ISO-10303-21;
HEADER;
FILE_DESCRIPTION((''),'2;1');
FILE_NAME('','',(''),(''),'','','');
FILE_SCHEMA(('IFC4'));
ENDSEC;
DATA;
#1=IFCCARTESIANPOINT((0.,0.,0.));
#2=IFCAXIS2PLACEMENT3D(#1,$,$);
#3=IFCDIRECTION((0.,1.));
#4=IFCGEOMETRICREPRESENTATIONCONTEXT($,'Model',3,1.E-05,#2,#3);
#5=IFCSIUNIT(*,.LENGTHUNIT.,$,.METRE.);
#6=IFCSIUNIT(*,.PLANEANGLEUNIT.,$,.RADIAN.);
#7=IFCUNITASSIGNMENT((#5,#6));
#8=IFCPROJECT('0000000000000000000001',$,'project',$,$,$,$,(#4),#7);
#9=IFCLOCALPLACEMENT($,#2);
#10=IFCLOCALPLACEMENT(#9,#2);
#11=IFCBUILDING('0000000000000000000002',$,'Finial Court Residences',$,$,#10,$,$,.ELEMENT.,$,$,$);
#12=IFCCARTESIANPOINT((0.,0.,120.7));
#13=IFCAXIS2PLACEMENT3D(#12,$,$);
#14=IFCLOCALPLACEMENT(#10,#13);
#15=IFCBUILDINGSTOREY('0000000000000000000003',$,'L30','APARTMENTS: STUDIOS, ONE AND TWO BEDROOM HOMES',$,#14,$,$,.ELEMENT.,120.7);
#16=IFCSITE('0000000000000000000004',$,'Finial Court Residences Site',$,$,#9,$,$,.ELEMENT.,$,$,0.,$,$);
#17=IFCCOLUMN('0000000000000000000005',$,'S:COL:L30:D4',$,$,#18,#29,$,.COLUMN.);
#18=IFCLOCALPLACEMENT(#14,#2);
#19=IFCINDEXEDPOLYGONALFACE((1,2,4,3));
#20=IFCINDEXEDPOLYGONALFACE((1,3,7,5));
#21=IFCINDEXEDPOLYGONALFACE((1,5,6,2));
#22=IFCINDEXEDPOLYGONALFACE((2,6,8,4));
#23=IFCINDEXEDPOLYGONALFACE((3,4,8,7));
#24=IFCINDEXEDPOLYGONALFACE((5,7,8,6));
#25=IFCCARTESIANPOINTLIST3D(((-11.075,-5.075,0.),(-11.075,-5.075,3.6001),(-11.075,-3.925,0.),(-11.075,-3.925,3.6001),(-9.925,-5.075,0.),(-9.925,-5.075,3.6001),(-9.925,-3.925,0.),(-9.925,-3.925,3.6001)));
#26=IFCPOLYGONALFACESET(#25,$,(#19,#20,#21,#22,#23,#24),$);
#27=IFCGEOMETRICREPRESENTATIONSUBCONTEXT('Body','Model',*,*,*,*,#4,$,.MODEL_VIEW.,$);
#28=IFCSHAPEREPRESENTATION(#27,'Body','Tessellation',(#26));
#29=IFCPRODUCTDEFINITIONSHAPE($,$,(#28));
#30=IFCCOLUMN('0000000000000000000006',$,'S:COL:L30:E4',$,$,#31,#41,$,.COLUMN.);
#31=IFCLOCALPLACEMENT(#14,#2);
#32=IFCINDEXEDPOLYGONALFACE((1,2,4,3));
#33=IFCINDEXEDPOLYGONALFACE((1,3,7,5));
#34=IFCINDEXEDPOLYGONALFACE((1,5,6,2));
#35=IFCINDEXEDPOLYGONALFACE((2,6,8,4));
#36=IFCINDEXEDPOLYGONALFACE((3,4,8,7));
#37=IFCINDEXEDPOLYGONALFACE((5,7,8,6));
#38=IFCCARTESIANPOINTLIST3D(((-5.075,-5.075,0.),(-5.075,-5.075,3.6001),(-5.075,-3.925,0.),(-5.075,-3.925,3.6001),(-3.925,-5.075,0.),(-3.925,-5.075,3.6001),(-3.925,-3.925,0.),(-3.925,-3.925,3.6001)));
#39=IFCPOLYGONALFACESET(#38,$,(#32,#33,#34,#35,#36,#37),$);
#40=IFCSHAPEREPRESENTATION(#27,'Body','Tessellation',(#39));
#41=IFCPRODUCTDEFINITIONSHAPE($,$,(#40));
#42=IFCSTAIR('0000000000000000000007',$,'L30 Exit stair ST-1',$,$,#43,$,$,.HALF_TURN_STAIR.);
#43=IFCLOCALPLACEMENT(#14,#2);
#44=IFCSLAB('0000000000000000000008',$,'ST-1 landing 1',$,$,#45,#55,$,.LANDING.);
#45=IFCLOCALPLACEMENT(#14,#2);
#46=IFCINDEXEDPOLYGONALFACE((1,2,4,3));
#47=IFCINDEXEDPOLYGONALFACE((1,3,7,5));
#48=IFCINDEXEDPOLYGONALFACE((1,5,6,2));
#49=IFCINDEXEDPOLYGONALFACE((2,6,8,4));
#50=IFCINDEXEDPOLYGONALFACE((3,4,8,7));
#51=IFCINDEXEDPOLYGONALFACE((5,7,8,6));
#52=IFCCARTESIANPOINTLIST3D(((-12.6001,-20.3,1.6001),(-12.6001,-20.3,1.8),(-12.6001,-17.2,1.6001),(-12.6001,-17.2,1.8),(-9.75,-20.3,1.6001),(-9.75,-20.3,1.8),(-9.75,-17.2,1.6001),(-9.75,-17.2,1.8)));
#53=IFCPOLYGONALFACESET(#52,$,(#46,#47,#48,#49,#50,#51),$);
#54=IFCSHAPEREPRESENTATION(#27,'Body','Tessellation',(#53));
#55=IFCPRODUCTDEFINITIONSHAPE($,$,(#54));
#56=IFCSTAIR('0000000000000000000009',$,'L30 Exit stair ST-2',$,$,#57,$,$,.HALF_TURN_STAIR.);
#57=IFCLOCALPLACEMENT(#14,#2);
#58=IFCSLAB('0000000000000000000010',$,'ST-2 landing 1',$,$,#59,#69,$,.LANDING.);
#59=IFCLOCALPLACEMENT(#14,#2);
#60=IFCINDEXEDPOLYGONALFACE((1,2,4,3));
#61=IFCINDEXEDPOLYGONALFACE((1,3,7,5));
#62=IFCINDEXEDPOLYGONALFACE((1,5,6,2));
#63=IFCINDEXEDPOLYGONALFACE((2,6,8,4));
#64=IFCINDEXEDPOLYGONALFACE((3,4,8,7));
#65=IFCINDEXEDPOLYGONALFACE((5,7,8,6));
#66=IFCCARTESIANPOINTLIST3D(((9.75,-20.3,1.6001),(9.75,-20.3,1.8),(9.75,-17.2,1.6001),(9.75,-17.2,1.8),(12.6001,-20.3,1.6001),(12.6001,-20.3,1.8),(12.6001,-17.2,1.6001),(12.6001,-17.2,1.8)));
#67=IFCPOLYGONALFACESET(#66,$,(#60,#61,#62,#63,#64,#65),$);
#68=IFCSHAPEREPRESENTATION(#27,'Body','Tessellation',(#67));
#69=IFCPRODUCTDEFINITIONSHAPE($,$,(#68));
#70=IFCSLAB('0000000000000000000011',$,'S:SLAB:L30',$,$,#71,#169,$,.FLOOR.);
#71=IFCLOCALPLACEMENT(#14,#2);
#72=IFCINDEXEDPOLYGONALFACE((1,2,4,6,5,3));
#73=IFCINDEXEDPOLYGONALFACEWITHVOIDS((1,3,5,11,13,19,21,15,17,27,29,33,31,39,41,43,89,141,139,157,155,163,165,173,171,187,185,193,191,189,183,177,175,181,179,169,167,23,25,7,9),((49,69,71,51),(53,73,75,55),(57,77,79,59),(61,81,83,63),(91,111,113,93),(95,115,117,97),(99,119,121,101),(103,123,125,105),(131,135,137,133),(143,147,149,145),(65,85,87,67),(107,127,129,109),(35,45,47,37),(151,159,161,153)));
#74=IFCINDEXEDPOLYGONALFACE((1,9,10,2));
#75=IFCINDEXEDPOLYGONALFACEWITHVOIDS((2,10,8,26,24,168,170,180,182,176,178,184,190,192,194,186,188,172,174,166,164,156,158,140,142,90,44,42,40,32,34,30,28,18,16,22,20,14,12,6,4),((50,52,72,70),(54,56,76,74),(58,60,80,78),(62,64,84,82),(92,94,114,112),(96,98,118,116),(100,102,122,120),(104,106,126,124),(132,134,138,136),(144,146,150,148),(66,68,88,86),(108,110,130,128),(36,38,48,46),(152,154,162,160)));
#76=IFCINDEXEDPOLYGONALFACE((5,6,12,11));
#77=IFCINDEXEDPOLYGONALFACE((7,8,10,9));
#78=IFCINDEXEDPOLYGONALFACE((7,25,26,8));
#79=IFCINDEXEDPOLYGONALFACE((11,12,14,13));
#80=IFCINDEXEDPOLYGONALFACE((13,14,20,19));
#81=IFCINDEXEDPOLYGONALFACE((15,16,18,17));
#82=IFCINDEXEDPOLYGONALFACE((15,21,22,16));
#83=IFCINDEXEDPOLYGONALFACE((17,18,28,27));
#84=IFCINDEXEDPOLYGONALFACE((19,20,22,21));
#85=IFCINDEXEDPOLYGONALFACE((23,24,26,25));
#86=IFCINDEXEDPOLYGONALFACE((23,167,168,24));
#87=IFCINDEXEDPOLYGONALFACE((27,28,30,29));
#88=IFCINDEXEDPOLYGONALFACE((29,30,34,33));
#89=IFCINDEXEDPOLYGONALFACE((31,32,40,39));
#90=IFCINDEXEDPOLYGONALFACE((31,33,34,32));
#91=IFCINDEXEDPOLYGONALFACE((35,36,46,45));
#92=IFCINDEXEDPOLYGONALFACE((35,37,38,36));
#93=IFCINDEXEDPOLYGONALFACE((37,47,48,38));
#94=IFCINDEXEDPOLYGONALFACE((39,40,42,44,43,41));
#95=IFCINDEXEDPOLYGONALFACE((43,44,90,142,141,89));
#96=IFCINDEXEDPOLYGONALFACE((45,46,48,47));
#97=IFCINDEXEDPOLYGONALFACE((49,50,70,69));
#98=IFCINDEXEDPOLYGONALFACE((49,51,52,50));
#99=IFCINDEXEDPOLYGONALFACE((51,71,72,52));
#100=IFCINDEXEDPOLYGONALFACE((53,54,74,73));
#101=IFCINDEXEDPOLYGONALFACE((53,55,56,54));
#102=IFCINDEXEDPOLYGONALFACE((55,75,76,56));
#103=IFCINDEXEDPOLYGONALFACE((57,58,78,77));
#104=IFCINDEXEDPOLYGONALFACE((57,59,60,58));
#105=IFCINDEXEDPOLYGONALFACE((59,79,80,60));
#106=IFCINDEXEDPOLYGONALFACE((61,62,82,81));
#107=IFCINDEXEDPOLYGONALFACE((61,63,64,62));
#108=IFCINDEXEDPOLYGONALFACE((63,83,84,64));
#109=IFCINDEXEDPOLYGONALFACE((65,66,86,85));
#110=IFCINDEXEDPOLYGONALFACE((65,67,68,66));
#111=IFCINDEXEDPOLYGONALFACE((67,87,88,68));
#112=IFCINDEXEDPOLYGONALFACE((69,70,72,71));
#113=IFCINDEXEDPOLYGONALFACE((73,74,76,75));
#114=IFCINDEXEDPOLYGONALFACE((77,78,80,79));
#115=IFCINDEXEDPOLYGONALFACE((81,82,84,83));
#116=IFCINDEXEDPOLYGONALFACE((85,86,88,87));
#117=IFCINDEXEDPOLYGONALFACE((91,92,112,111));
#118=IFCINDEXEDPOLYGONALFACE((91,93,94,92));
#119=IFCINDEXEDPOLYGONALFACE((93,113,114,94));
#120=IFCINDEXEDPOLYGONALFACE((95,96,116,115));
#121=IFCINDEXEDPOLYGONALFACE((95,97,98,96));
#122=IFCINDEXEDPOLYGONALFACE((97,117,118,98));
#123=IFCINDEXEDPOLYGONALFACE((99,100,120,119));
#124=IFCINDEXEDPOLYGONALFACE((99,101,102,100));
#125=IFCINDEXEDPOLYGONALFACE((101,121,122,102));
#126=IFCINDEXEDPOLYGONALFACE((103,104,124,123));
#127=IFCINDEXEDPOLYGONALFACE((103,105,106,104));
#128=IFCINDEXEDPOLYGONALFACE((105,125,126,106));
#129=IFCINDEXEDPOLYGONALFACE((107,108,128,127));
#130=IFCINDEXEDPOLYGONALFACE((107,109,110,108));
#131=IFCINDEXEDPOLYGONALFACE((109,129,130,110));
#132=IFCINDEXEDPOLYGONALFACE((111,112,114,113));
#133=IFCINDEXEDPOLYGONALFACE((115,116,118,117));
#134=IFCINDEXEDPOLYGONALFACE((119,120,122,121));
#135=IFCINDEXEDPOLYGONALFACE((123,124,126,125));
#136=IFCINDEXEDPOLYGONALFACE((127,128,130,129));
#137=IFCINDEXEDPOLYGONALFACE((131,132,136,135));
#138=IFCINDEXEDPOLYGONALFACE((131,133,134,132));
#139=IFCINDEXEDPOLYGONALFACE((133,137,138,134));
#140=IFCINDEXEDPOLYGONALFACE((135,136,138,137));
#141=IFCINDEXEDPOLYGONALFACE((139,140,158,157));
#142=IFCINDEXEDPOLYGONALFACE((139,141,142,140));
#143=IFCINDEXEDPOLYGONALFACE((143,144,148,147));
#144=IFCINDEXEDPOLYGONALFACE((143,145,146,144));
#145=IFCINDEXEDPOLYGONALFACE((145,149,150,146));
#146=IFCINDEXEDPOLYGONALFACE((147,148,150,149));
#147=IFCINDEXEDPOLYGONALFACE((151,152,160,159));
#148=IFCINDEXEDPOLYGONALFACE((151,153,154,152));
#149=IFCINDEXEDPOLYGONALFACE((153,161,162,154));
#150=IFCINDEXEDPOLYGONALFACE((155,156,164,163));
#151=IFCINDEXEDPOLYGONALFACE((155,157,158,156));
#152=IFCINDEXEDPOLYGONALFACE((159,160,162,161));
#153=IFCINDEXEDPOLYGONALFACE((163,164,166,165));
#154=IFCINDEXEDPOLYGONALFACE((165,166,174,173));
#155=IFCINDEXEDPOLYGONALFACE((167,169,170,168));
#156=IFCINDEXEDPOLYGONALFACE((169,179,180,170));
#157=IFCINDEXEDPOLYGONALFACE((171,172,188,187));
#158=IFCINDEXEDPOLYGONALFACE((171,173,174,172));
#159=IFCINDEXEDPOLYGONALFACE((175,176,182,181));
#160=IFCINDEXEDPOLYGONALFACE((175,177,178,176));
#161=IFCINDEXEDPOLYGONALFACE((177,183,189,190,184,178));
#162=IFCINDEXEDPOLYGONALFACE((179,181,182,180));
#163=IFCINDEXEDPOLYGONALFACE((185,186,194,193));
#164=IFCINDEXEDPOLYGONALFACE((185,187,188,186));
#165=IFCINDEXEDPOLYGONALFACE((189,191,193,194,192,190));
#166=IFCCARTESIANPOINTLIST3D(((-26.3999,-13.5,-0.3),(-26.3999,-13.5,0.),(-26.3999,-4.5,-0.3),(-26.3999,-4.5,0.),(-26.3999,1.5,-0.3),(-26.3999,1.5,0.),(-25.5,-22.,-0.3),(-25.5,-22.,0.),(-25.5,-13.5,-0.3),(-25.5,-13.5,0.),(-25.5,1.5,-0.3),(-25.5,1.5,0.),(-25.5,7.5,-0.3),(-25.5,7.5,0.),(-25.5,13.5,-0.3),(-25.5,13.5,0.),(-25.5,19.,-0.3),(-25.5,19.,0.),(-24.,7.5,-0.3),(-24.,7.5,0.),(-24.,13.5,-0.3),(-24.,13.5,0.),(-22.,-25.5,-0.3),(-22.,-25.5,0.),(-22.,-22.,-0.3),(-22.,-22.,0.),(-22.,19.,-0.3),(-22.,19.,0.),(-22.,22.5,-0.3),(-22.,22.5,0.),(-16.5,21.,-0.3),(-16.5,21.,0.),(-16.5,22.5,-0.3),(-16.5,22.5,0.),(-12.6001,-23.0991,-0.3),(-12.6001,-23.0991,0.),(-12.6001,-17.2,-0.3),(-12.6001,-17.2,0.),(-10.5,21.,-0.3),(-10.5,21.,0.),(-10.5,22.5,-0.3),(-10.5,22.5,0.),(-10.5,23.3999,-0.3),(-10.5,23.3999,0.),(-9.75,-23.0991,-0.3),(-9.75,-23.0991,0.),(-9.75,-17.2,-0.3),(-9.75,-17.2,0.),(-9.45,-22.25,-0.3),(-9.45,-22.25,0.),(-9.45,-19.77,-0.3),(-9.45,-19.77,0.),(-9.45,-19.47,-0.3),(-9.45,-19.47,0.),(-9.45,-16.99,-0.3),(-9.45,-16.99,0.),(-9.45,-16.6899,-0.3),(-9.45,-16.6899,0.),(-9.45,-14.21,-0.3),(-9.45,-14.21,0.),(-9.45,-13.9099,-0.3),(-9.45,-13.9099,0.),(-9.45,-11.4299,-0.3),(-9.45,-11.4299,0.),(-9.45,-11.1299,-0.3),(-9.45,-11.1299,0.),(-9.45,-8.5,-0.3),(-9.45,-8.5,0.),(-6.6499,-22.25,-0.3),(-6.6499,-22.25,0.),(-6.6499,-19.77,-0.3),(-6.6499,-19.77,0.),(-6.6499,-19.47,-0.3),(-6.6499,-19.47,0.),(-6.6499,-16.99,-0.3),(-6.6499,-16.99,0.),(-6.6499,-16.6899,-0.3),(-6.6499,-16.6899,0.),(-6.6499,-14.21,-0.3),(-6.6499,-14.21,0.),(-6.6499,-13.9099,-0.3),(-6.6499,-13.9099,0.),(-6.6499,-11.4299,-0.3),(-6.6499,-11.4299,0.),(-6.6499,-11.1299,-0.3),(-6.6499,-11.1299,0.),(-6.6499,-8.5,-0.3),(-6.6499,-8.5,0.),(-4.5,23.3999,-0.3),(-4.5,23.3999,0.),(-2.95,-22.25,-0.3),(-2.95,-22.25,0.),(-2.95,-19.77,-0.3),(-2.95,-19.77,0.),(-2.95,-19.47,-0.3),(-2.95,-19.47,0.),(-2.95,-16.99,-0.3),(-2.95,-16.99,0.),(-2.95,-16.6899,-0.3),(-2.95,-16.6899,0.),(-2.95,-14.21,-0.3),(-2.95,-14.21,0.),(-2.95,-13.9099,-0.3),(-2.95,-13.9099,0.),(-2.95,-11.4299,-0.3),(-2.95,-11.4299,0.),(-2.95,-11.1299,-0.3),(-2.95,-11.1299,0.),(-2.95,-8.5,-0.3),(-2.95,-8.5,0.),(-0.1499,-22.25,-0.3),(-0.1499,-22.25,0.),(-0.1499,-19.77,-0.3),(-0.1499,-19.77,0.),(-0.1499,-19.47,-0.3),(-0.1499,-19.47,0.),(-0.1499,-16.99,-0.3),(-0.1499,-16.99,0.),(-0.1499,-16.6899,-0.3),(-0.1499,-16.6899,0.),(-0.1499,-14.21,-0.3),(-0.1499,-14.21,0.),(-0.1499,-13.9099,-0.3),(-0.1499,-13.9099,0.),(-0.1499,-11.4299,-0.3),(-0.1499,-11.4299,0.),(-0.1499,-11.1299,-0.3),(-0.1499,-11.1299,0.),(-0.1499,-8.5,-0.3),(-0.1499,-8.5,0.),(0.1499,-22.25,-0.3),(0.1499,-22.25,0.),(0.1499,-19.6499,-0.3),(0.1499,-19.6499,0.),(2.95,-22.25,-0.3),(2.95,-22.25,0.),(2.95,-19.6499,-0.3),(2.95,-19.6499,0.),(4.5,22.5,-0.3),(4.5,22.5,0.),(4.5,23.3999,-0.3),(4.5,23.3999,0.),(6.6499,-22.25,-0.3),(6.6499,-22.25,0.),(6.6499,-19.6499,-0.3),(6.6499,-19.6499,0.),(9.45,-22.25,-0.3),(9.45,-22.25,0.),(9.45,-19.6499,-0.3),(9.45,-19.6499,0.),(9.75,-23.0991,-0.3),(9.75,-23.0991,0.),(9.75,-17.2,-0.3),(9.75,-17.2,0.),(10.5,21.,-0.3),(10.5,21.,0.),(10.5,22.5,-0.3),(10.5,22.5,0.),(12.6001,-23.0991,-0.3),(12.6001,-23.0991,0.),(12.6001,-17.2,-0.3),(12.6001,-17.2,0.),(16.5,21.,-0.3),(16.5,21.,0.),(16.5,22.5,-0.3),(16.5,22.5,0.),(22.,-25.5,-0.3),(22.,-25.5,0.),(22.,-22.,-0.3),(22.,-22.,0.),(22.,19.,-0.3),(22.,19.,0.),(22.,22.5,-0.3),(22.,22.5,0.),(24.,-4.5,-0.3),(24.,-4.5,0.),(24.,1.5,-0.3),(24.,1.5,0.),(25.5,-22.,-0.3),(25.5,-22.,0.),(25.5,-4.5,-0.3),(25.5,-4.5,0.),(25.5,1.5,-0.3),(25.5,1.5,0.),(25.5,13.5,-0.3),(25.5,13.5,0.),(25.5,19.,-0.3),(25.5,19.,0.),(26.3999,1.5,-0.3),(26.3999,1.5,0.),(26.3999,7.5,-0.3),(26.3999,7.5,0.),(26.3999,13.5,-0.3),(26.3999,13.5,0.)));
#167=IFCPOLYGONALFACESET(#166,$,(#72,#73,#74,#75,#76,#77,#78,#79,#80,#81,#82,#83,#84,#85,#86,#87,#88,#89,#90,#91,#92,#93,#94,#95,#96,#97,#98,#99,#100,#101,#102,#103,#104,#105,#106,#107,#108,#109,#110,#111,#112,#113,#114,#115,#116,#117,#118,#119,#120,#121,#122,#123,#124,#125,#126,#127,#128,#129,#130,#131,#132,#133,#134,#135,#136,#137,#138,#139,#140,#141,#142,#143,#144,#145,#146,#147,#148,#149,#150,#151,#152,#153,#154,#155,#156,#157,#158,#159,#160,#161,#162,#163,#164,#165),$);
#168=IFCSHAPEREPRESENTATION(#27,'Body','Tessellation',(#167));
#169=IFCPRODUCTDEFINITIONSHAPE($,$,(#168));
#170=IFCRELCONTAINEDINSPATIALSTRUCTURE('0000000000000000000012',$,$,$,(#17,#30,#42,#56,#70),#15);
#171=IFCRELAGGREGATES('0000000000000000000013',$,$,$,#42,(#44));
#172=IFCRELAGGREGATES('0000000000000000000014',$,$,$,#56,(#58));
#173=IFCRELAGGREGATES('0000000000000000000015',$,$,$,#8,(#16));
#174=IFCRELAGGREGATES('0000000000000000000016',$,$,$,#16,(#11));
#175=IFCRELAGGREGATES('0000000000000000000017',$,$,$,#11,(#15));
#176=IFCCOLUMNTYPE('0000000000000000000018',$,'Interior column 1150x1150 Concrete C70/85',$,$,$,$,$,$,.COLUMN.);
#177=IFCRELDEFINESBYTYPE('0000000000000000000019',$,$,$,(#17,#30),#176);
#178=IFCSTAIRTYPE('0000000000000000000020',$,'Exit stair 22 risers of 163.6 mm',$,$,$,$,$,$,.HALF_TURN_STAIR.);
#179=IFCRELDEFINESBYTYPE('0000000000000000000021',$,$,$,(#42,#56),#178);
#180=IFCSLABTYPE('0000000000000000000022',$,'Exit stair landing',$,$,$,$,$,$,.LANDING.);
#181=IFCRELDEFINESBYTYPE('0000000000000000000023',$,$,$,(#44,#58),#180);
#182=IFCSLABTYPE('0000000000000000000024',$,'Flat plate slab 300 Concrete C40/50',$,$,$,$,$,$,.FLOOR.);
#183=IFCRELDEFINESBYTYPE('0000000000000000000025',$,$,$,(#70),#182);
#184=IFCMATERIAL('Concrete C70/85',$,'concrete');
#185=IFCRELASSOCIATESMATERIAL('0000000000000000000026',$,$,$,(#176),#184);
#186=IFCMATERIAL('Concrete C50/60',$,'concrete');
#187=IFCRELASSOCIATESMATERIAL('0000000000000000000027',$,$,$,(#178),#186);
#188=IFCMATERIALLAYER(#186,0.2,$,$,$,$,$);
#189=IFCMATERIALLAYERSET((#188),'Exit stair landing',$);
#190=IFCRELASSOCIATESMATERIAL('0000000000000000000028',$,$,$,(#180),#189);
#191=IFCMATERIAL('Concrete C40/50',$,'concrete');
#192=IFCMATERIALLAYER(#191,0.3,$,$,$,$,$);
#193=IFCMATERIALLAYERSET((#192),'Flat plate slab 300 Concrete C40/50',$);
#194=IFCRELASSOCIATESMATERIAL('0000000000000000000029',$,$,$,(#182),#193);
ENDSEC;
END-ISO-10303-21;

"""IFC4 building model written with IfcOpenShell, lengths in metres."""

from ifc_helpers import new_model, si_unit, direction, frame, origin, origin_2d, place, context, subcontext, project, spatial, polyline, rectangle, outline, extrude, material, layer, layer_set, material_profile, profile_set, type_object, element, aggregate, save


model = new_model("IFC4")

# Units and contexts
model_context = context("Model", 3, precision=1e-05, world=origin(), true_north=direction((0.0, 1.0)))
body_context = subcontext(model_context, "Body", "Model", "MODEL_VIEW")
ifc_project = project(units=[si_unit("LENGTHUNIT", "METRE"), si_unit("PLANEANGLEUNIT", "RADIAN")], contexts=[model_context])

# Site, building, storey
site_placement = place(None, origin())
site = spatial("IfcSite", under=ifc_project, at=site_placement, Name="Finial Court Residences Site", CompositionType="ELEMENT", RefElevation=0.0)
building_placement = place(site_placement, origin())
building = spatial("IfcBuilding", under=site, at=building_placement, Name="Finial Court Residences", CompositionType="ELEMENT")
storey_placement = place(building_placement, frame((0.0, 0.0, 120.7)))
storey = spatial("IfcBuildingStorey", under=building, at=storey_placement, Name="L30", Description="APARTMENTS: STUDIOS, ONE AND TWO BEDROOM HOMES", CompositionType="ELEMENT", Elevation=120.7)

# Columns
ifc_material_1 = material(Name="Concrete C70/85", Category="concrete")
ifc_material_profile = material_profile(ifc_material_1, rectangle(XDim=1.1499, YDim=1.1499, at=origin_2d()), Name="1150x1150")
ifc_profile_set = profile_set([ifc_material_profile], Name="Concrete C70/85")
column_type = type_object("IfcColumnType", Name="Interior column 1150x1150 Concrete C70/85", PredefinedType="COLUMN", material=ifc_profile_set)
for number, where, z_axis, x_axis, name in (
    (1, (-10.5, -4.5, 0.0), (0.0, 0.0, 1.0), (1.0, 0.0, 0.0), "S:COL:L30:D4"),
    (2, (-4.5, -4.5, 0.0), (0.0, 0.0, 1.0), (1.0, 0.0, 0.0), "S:COL:L30:E4"),
):
    element("IfcColumn", number, at=place(storey_placement, frame(where, z_axis=z_axis, x_axis=x_axis)), inside=storey, type_object=column_type, Name=name, PredefinedType="COLUMN", context=body_context, shape_type="SweptSolid", body=[
        extrude(rectangle(XDim=1.1499, YDim=1.1499, at=origin_2d()), origin(), (0.0, 0.0, 1.0), 3.6001),
    ])

# Stairs, slabs
ifc_material_2 = material(Name="Concrete C50/60", Category="concrete")
stair_type = type_object("IfcStairType", Name="Exit stair 22 risers of 163.6 mm", PredefinedType="HALF_TURN_STAIR", material=ifc_material_2)
stair_1_placement = place(storey_placement, origin())
stair_1 = element("IfcStair", 3, at=stair_1_placement, inside=storey, type_object=stair_type, Name="L30 Exit stair ST-1", PredefinedType="HALF_TURN_STAIR")
ifc_layer_1 = layer(ifc_material_2, 0.2)
ifc_layer_set_1 = layer_set([ifc_layer_1], Name="Exit stair landing")
slab_type_1 = type_object("IfcSlabType", Name="Exit stair landing", PredefinedType="LANDING", material=ifc_layer_set_1)
slab_1_placement = place(storey_placement, frame((0.0, 0.0, 1.6001)))
slab_1 = element("IfcSlab", 4, at=slab_1_placement, type_object=slab_type_1, Name="ST-1 landing 1", PredefinedType="LANDING", context=body_context, shape_type="SweptSolid", body=[
    extrude(outline(polyline([(-9.75, -20.3), (-9.75, -17.2), (-12.6001, -17.2), (-12.6001, -20.3), (-9.75, -20.3)])), origin(), (0.0, 0.0, 1.0), 0.2),
])
aggregate(stair_1, [slab_1])
stair_2_placement = place(storey_placement, origin())
stair_2 = element("IfcStair", 5, at=stair_2_placement, inside=storey, type_object=stair_type, Name="L30 Exit stair ST-2", PredefinedType="HALF_TURN_STAIR")
slab_2_placement = place(storey_placement, frame((0.0, 0.0, 1.6001)))
slab_2 = element("IfcSlab", 6, at=slab_2_placement, type_object=slab_type_1, Name="ST-2 landing 1", PredefinedType="LANDING", context=body_context, shape_type="SweptSolid", body=[
    extrude(outline(polyline([(12.6001, -20.3), (12.6001, -17.2), (9.75, -17.2), (9.75, -20.3), (12.6001, -20.3)])), origin(), (0.0, 0.0, 1.0), 0.2),
])
aggregate(stair_2, [slab_2])

# Slab
ifc_material_3 = material(Name="Concrete C40/50", Category="concrete")
ifc_layer_2 = layer(ifc_material_3, 0.3)
ifc_layer_set_2 = layer_set([ifc_layer_2], Name="Flat plate slab 300 Concrete C40/50")
slab_type_2 = type_object("IfcSlabType", Name="Flat plate slab 300 Concrete C40/50", PredefinedType="FLOOR", material=ifc_layer_set_2)
slab_3_placement = place(storey_placement, frame((0.0, 0.0, -0.3)))
element("IfcSlab", 7, at=slab_3_placement, inside=storey, type_object=slab_type_2, Name="S:SLAB:L30", PredefinedType="FLOOR", context=body_context, shape_type="SweptSolid", body=[
    extrude(outline(polyline([(-26.3999, -13.5), (-26.3999, -4.5), (-26.3999, 1.5), (-25.5, 1.5), (-25.5, 7.5), (-24.0, 7.5), (-24.0, 13.5), (-25.5, 13.5), (-25.5, 19.0), (-22.0, 19.0), (-22.0, 22.5), (-16.5, 22.5), (-16.5, 21.0), (-10.5, 21.0), (-10.5, 22.5), (-10.5, 23.3999), (-4.5, 23.3999), (4.5, 23.3999), (4.5, 22.5), (10.5, 22.5), (10.5, 21.0), (16.5, 21.0), (16.5, 22.5), (22.0, 22.5), (22.0, 19.0), (25.5, 19.0), (25.5, 13.5), (26.3999, 13.5), (26.3999, 7.5), (26.3999, 1.5), (25.5, 1.5), (24.0, 1.5), (24.0, -4.5), (25.5, -4.5), (25.5, -22.0), (22.0, -22.0), (22.0, -25.5), (-22.0, -25.5), (-22.0, -22.0), (-25.5, -22.0), (-25.5, -13.5), (-26.3999, -13.5)]), holes=[polyline([(-6.6499, -19.77), (-9.45, -19.77), (-9.45, -22.25), (-6.6499, -22.25), (-6.6499, -19.77)]), polyline([(-9.75, -17.2), (-12.6001, -17.2), (-12.6001, -23.0991), (-9.75, -23.0991), (-9.75, -17.2)]), polyline([(-6.6499, -19.47), (-6.6499, -16.99), (-9.45, -16.99), (-9.45, -19.47), (-6.6499, -19.47)]), polyline([(-6.6499, -16.6899), (-6.6499, -14.21), (-9.45, -14.21), (-9.45, -16.6899), (-6.6499, -16.6899)]), polyline([(-6.6499, -13.9099), (-6.6499, -11.4299), (-9.45, -11.4299), (-9.45, -13.9099), (-6.6499, -13.9099)]), polyline([(-6.6499, -11.1299), (-6.6499, -8.5), (-9.45, -8.5), (-9.45, -11.1299), (-6.6499, -11.1299)]), polyline([(-0.1499, -11.1299), (-0.1499, -8.5), (-2.95, -8.5), (-2.95, -11.1299), (-0.1499, -11.1299)]), polyline([(-0.1499, -19.77), (-2.95, -19.77), (-2.95, -22.25), (-0.1499, -22.25), (-0.1499, -19.77)]), polyline([(2.95, -22.25), (2.95, -19.6499), (0.1499, -19.6499), (0.1499, -22.25), (2.95, -22.25)]), polyline([(9.45, -22.25), (9.45, -19.6499), (6.6499, -19.6499), (6.6499, -22.25), (9.45, -22.25)]), polyline([(12.6001, -17.2), (9.75, -17.2), (9.75, -23.0991), (12.6001, -23.0991), (12.6001, -17.2)]), polyline([(-0.1499, -19.47), (-0.1499, -16.99), (-2.95, -16.99), (-2.95, -19.47), (-0.1499, -19.47)]), polyline([(-0.1499, -16.6899), (-0.1499, -14.21), (-2.95, -14.21), (-2.95, -16.6899), (-0.1499, -16.6899)]), polyline([(-0.1499, -13.9099), (-0.1499, -11.4299), (-2.95, -11.4299), (-2.95, -13.9099), (-0.1499, -13.9099)])]), origin(), (0.0, 0.0, 1.0), 0.3),
])

save(model, "model.ifc")
